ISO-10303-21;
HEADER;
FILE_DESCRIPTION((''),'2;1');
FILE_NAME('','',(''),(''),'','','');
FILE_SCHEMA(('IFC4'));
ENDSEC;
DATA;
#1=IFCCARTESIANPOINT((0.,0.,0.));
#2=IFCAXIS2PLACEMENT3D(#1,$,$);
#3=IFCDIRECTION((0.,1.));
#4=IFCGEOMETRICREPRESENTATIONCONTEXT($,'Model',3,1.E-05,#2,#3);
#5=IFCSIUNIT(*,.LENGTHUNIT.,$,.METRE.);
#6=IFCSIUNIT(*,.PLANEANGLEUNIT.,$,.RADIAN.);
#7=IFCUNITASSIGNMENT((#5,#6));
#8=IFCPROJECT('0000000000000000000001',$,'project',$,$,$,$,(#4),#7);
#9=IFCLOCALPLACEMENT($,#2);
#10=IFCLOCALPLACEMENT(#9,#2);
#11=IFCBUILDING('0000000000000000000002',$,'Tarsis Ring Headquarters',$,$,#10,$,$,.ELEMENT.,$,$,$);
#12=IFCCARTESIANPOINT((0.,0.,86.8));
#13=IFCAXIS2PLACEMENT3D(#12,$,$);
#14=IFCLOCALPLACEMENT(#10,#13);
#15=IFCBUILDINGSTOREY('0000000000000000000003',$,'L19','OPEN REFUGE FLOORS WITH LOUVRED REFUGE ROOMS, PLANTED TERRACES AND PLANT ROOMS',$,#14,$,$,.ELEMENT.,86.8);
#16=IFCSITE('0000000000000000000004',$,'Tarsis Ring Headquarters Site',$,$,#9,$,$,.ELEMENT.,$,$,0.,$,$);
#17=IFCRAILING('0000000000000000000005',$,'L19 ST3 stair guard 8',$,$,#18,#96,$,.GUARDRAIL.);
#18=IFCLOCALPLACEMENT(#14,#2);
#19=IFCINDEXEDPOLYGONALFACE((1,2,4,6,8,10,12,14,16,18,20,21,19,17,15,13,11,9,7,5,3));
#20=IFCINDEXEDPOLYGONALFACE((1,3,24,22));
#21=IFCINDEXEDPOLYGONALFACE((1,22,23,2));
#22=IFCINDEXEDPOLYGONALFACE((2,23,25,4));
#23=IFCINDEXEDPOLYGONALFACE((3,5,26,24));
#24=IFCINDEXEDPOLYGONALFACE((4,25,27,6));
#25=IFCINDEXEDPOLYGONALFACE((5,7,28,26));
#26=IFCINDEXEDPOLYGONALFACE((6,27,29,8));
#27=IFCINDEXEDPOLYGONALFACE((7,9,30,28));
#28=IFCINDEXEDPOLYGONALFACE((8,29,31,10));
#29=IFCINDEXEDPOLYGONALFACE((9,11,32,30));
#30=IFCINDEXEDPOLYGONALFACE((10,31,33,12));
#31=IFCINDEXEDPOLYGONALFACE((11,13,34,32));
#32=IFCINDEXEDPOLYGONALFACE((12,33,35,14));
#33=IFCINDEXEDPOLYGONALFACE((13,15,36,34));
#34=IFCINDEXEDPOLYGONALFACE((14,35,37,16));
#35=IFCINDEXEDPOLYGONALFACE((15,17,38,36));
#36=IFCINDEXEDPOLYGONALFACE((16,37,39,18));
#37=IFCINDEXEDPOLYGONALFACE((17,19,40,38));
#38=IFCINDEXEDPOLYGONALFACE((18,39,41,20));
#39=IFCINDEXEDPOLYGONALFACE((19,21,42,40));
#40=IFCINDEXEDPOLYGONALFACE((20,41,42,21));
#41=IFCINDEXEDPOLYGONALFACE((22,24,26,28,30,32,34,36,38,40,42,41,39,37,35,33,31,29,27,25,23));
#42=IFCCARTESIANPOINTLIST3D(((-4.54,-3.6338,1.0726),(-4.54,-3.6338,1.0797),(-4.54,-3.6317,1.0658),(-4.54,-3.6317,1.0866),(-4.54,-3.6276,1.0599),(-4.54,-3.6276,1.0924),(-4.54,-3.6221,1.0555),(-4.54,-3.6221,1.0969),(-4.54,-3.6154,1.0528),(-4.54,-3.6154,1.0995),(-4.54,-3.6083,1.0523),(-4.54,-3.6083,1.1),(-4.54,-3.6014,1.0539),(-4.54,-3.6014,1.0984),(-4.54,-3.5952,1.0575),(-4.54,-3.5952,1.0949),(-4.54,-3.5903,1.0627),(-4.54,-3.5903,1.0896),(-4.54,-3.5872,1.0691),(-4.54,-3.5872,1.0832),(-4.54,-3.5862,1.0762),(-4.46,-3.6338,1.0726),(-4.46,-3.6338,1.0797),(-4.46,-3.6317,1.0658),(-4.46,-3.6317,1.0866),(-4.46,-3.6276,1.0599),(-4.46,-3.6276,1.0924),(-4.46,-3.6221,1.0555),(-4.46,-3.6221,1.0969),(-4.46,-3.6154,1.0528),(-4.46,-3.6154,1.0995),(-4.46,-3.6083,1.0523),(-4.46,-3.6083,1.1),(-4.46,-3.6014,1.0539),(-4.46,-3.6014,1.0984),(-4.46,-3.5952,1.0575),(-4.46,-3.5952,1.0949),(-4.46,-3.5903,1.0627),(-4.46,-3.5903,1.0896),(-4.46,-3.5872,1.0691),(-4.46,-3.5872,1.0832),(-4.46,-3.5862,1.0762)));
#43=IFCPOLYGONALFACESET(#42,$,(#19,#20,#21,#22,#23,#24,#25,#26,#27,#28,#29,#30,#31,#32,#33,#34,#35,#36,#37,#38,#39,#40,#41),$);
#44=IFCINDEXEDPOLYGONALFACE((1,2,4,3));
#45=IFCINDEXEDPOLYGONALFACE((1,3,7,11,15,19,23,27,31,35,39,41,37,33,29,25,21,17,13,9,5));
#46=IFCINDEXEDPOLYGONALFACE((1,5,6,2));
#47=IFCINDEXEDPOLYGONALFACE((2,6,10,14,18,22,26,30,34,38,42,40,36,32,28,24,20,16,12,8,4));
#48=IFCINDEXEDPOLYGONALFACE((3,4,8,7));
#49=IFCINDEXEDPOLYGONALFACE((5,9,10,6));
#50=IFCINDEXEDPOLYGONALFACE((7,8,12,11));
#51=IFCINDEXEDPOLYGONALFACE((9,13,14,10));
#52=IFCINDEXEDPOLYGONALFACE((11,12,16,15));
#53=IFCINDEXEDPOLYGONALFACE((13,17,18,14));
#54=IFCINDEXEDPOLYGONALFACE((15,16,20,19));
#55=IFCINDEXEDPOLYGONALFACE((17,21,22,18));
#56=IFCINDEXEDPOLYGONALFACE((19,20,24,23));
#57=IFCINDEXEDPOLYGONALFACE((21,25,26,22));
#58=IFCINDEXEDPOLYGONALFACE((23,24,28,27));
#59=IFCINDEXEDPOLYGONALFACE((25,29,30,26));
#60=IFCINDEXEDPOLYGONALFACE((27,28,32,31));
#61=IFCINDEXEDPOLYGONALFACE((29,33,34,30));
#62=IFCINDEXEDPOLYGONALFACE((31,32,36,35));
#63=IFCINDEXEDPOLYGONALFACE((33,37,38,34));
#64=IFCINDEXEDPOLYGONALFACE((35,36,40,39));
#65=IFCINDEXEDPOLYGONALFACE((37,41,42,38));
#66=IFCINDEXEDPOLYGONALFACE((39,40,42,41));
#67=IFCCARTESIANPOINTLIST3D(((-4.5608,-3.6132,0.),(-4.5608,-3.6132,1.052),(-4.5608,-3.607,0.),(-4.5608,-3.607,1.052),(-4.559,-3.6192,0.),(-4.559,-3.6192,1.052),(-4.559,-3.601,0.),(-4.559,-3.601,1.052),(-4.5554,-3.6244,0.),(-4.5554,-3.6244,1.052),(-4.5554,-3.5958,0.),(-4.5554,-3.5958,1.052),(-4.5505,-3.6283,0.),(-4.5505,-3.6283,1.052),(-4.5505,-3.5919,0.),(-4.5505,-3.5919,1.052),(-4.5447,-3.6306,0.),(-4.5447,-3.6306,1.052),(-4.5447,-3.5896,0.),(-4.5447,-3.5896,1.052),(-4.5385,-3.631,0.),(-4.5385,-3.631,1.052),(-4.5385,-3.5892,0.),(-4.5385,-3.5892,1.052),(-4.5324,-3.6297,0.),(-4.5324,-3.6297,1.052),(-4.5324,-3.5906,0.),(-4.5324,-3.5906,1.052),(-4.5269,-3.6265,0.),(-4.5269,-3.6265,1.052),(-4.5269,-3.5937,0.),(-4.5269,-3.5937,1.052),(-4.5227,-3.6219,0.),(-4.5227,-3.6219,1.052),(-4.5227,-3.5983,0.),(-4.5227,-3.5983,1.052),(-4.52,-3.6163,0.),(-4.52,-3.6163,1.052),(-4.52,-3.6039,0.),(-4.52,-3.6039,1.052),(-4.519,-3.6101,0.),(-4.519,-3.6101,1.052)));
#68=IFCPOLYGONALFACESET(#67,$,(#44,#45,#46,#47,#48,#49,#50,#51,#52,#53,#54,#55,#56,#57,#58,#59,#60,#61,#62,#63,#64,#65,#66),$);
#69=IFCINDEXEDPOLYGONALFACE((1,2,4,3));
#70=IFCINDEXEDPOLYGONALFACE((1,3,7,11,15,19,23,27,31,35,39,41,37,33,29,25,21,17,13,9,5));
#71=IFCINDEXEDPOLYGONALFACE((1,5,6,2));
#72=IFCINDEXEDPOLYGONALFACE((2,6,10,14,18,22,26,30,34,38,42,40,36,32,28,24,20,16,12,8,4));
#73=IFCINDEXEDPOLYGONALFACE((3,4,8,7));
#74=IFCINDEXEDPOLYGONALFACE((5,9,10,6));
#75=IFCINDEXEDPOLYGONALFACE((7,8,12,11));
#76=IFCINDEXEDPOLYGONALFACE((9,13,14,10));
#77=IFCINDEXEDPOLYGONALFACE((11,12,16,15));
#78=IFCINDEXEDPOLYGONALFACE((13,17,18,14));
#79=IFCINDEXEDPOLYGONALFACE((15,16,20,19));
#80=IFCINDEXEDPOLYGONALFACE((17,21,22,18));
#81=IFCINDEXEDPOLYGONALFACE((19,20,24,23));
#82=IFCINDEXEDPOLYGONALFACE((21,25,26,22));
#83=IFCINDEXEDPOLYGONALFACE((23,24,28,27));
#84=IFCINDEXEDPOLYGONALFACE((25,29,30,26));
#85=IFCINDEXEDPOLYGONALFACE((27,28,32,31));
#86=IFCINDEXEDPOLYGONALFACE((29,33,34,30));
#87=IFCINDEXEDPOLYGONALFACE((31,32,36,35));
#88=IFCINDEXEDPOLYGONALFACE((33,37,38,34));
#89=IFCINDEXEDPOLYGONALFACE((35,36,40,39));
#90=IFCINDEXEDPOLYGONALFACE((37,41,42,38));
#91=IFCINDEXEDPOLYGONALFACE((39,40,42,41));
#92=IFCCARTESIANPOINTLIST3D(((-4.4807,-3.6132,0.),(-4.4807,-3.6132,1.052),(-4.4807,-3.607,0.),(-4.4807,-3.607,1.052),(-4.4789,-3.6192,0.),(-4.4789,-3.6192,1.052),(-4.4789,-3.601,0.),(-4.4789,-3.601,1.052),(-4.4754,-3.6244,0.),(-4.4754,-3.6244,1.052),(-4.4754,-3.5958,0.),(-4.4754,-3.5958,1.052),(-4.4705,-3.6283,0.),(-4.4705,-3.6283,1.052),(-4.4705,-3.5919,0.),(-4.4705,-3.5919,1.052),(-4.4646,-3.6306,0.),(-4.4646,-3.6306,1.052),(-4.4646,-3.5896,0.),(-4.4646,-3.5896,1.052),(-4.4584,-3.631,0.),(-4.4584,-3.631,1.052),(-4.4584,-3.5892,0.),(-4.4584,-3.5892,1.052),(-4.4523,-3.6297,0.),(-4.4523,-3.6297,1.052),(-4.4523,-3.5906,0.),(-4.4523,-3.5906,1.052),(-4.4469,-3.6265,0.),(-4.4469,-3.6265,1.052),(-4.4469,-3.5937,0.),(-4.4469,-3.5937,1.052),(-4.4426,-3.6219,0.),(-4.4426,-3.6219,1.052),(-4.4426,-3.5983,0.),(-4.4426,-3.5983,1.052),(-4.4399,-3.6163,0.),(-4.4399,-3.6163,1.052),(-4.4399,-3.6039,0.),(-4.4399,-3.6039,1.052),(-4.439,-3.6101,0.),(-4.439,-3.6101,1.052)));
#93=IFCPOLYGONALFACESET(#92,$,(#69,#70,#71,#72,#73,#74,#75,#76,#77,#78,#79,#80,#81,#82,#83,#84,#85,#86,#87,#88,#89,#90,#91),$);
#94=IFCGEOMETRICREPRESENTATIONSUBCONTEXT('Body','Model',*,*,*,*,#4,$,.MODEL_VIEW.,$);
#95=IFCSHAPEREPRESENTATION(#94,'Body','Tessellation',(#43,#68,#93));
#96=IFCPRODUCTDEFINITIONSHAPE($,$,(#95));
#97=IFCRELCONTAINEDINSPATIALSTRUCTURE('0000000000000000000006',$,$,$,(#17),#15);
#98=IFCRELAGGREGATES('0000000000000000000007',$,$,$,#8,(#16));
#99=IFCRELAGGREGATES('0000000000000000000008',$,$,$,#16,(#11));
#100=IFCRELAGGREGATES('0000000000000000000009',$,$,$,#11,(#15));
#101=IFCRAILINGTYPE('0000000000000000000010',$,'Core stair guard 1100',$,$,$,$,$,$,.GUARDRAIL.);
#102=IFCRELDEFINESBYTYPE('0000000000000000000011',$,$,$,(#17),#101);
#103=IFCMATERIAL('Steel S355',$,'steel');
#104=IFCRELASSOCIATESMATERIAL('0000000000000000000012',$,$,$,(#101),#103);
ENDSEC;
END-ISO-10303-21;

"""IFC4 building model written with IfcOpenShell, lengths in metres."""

from ifc_helpers import new_model, si_unit, direction, frame, origin, origin_2d, place, context, subcontext, project, spatial, circle, extrude, material, type_object, element, save


model = new_model("IFC4")

# Units and contexts
model_context = context("Model", 3, precision=1e-05, world=origin(), true_north=direction((0.0, 1.0)))
body_context = subcontext(model_context, "Body", "Model", "MODEL_VIEW")
ifc_project = project(units=[si_unit("LENGTHUNIT", "METRE"), si_unit("PLANEANGLEUNIT", "RADIAN")], contexts=[model_context])

# Site, building, storey
site_placement = place(None, origin())
site = spatial("IfcSite", under=ifc_project, at=site_placement, Name="Tarsis Ring Headquarters Site", CompositionType="ELEMENT", RefElevation=0.0)
building_placement = place(site_placement, origin())
building = spatial("IfcBuilding", under=site, at=building_placement, Name="Tarsis Ring Headquarters", CompositionType="ELEMENT")
storey_placement = place(building_placement, frame((0.0, 0.0, 86.8)))
storey = spatial("IfcBuildingStorey", under=building, at=storey_placement, Name="L19", Description="OPEN REFUGE FLOORS WITH LOUVRED REFUGE ROOMS, PLANTED TERRACES AND PLANT ROOMS", CompositionType="ELEMENT", Elevation=86.8)

# Railing
ifc_material_1 = material(Name="Steel S355", Category="steel")
railing_type_1 = type_object("IfcRailingType", Name="Core stair guard 1100", PredefinedType="GUARDRAIL", material=ifc_material_1)
railing_1_placement = place(storey_placement, frame((-4.54, -3.6101, 0.0)))
element("IfcRailing", 1, at=railing_1_placement, inside=storey, type_object=railing_type_1, Name="L19 ST3 stair guard 8", PredefinedType="GUARDRAIL", context=body_context, shape_type="SweptSolid", body=[
    extrude(circle(Radius=0.0239, at=origin_2d()), frame((0.0, 0.0, 1.0762), z_axis=(1.0, 0.0, 0.0), x_axis=(0.0, 1.0, 0.0)), (0.0, 0.0, 1.0), 0.0801),
    extrude(circle(Radius=0.021, at=origin_2d()), origin(), (0.0, 0.0, 1.0), 1.052),
    extrude(circle(Radius=0.021, at=origin_2d()), frame((0.0801, 0.0, 0.0)), (0.0, 0.0, 1.0), 1.052),
])

save(model, "model.ifc")
